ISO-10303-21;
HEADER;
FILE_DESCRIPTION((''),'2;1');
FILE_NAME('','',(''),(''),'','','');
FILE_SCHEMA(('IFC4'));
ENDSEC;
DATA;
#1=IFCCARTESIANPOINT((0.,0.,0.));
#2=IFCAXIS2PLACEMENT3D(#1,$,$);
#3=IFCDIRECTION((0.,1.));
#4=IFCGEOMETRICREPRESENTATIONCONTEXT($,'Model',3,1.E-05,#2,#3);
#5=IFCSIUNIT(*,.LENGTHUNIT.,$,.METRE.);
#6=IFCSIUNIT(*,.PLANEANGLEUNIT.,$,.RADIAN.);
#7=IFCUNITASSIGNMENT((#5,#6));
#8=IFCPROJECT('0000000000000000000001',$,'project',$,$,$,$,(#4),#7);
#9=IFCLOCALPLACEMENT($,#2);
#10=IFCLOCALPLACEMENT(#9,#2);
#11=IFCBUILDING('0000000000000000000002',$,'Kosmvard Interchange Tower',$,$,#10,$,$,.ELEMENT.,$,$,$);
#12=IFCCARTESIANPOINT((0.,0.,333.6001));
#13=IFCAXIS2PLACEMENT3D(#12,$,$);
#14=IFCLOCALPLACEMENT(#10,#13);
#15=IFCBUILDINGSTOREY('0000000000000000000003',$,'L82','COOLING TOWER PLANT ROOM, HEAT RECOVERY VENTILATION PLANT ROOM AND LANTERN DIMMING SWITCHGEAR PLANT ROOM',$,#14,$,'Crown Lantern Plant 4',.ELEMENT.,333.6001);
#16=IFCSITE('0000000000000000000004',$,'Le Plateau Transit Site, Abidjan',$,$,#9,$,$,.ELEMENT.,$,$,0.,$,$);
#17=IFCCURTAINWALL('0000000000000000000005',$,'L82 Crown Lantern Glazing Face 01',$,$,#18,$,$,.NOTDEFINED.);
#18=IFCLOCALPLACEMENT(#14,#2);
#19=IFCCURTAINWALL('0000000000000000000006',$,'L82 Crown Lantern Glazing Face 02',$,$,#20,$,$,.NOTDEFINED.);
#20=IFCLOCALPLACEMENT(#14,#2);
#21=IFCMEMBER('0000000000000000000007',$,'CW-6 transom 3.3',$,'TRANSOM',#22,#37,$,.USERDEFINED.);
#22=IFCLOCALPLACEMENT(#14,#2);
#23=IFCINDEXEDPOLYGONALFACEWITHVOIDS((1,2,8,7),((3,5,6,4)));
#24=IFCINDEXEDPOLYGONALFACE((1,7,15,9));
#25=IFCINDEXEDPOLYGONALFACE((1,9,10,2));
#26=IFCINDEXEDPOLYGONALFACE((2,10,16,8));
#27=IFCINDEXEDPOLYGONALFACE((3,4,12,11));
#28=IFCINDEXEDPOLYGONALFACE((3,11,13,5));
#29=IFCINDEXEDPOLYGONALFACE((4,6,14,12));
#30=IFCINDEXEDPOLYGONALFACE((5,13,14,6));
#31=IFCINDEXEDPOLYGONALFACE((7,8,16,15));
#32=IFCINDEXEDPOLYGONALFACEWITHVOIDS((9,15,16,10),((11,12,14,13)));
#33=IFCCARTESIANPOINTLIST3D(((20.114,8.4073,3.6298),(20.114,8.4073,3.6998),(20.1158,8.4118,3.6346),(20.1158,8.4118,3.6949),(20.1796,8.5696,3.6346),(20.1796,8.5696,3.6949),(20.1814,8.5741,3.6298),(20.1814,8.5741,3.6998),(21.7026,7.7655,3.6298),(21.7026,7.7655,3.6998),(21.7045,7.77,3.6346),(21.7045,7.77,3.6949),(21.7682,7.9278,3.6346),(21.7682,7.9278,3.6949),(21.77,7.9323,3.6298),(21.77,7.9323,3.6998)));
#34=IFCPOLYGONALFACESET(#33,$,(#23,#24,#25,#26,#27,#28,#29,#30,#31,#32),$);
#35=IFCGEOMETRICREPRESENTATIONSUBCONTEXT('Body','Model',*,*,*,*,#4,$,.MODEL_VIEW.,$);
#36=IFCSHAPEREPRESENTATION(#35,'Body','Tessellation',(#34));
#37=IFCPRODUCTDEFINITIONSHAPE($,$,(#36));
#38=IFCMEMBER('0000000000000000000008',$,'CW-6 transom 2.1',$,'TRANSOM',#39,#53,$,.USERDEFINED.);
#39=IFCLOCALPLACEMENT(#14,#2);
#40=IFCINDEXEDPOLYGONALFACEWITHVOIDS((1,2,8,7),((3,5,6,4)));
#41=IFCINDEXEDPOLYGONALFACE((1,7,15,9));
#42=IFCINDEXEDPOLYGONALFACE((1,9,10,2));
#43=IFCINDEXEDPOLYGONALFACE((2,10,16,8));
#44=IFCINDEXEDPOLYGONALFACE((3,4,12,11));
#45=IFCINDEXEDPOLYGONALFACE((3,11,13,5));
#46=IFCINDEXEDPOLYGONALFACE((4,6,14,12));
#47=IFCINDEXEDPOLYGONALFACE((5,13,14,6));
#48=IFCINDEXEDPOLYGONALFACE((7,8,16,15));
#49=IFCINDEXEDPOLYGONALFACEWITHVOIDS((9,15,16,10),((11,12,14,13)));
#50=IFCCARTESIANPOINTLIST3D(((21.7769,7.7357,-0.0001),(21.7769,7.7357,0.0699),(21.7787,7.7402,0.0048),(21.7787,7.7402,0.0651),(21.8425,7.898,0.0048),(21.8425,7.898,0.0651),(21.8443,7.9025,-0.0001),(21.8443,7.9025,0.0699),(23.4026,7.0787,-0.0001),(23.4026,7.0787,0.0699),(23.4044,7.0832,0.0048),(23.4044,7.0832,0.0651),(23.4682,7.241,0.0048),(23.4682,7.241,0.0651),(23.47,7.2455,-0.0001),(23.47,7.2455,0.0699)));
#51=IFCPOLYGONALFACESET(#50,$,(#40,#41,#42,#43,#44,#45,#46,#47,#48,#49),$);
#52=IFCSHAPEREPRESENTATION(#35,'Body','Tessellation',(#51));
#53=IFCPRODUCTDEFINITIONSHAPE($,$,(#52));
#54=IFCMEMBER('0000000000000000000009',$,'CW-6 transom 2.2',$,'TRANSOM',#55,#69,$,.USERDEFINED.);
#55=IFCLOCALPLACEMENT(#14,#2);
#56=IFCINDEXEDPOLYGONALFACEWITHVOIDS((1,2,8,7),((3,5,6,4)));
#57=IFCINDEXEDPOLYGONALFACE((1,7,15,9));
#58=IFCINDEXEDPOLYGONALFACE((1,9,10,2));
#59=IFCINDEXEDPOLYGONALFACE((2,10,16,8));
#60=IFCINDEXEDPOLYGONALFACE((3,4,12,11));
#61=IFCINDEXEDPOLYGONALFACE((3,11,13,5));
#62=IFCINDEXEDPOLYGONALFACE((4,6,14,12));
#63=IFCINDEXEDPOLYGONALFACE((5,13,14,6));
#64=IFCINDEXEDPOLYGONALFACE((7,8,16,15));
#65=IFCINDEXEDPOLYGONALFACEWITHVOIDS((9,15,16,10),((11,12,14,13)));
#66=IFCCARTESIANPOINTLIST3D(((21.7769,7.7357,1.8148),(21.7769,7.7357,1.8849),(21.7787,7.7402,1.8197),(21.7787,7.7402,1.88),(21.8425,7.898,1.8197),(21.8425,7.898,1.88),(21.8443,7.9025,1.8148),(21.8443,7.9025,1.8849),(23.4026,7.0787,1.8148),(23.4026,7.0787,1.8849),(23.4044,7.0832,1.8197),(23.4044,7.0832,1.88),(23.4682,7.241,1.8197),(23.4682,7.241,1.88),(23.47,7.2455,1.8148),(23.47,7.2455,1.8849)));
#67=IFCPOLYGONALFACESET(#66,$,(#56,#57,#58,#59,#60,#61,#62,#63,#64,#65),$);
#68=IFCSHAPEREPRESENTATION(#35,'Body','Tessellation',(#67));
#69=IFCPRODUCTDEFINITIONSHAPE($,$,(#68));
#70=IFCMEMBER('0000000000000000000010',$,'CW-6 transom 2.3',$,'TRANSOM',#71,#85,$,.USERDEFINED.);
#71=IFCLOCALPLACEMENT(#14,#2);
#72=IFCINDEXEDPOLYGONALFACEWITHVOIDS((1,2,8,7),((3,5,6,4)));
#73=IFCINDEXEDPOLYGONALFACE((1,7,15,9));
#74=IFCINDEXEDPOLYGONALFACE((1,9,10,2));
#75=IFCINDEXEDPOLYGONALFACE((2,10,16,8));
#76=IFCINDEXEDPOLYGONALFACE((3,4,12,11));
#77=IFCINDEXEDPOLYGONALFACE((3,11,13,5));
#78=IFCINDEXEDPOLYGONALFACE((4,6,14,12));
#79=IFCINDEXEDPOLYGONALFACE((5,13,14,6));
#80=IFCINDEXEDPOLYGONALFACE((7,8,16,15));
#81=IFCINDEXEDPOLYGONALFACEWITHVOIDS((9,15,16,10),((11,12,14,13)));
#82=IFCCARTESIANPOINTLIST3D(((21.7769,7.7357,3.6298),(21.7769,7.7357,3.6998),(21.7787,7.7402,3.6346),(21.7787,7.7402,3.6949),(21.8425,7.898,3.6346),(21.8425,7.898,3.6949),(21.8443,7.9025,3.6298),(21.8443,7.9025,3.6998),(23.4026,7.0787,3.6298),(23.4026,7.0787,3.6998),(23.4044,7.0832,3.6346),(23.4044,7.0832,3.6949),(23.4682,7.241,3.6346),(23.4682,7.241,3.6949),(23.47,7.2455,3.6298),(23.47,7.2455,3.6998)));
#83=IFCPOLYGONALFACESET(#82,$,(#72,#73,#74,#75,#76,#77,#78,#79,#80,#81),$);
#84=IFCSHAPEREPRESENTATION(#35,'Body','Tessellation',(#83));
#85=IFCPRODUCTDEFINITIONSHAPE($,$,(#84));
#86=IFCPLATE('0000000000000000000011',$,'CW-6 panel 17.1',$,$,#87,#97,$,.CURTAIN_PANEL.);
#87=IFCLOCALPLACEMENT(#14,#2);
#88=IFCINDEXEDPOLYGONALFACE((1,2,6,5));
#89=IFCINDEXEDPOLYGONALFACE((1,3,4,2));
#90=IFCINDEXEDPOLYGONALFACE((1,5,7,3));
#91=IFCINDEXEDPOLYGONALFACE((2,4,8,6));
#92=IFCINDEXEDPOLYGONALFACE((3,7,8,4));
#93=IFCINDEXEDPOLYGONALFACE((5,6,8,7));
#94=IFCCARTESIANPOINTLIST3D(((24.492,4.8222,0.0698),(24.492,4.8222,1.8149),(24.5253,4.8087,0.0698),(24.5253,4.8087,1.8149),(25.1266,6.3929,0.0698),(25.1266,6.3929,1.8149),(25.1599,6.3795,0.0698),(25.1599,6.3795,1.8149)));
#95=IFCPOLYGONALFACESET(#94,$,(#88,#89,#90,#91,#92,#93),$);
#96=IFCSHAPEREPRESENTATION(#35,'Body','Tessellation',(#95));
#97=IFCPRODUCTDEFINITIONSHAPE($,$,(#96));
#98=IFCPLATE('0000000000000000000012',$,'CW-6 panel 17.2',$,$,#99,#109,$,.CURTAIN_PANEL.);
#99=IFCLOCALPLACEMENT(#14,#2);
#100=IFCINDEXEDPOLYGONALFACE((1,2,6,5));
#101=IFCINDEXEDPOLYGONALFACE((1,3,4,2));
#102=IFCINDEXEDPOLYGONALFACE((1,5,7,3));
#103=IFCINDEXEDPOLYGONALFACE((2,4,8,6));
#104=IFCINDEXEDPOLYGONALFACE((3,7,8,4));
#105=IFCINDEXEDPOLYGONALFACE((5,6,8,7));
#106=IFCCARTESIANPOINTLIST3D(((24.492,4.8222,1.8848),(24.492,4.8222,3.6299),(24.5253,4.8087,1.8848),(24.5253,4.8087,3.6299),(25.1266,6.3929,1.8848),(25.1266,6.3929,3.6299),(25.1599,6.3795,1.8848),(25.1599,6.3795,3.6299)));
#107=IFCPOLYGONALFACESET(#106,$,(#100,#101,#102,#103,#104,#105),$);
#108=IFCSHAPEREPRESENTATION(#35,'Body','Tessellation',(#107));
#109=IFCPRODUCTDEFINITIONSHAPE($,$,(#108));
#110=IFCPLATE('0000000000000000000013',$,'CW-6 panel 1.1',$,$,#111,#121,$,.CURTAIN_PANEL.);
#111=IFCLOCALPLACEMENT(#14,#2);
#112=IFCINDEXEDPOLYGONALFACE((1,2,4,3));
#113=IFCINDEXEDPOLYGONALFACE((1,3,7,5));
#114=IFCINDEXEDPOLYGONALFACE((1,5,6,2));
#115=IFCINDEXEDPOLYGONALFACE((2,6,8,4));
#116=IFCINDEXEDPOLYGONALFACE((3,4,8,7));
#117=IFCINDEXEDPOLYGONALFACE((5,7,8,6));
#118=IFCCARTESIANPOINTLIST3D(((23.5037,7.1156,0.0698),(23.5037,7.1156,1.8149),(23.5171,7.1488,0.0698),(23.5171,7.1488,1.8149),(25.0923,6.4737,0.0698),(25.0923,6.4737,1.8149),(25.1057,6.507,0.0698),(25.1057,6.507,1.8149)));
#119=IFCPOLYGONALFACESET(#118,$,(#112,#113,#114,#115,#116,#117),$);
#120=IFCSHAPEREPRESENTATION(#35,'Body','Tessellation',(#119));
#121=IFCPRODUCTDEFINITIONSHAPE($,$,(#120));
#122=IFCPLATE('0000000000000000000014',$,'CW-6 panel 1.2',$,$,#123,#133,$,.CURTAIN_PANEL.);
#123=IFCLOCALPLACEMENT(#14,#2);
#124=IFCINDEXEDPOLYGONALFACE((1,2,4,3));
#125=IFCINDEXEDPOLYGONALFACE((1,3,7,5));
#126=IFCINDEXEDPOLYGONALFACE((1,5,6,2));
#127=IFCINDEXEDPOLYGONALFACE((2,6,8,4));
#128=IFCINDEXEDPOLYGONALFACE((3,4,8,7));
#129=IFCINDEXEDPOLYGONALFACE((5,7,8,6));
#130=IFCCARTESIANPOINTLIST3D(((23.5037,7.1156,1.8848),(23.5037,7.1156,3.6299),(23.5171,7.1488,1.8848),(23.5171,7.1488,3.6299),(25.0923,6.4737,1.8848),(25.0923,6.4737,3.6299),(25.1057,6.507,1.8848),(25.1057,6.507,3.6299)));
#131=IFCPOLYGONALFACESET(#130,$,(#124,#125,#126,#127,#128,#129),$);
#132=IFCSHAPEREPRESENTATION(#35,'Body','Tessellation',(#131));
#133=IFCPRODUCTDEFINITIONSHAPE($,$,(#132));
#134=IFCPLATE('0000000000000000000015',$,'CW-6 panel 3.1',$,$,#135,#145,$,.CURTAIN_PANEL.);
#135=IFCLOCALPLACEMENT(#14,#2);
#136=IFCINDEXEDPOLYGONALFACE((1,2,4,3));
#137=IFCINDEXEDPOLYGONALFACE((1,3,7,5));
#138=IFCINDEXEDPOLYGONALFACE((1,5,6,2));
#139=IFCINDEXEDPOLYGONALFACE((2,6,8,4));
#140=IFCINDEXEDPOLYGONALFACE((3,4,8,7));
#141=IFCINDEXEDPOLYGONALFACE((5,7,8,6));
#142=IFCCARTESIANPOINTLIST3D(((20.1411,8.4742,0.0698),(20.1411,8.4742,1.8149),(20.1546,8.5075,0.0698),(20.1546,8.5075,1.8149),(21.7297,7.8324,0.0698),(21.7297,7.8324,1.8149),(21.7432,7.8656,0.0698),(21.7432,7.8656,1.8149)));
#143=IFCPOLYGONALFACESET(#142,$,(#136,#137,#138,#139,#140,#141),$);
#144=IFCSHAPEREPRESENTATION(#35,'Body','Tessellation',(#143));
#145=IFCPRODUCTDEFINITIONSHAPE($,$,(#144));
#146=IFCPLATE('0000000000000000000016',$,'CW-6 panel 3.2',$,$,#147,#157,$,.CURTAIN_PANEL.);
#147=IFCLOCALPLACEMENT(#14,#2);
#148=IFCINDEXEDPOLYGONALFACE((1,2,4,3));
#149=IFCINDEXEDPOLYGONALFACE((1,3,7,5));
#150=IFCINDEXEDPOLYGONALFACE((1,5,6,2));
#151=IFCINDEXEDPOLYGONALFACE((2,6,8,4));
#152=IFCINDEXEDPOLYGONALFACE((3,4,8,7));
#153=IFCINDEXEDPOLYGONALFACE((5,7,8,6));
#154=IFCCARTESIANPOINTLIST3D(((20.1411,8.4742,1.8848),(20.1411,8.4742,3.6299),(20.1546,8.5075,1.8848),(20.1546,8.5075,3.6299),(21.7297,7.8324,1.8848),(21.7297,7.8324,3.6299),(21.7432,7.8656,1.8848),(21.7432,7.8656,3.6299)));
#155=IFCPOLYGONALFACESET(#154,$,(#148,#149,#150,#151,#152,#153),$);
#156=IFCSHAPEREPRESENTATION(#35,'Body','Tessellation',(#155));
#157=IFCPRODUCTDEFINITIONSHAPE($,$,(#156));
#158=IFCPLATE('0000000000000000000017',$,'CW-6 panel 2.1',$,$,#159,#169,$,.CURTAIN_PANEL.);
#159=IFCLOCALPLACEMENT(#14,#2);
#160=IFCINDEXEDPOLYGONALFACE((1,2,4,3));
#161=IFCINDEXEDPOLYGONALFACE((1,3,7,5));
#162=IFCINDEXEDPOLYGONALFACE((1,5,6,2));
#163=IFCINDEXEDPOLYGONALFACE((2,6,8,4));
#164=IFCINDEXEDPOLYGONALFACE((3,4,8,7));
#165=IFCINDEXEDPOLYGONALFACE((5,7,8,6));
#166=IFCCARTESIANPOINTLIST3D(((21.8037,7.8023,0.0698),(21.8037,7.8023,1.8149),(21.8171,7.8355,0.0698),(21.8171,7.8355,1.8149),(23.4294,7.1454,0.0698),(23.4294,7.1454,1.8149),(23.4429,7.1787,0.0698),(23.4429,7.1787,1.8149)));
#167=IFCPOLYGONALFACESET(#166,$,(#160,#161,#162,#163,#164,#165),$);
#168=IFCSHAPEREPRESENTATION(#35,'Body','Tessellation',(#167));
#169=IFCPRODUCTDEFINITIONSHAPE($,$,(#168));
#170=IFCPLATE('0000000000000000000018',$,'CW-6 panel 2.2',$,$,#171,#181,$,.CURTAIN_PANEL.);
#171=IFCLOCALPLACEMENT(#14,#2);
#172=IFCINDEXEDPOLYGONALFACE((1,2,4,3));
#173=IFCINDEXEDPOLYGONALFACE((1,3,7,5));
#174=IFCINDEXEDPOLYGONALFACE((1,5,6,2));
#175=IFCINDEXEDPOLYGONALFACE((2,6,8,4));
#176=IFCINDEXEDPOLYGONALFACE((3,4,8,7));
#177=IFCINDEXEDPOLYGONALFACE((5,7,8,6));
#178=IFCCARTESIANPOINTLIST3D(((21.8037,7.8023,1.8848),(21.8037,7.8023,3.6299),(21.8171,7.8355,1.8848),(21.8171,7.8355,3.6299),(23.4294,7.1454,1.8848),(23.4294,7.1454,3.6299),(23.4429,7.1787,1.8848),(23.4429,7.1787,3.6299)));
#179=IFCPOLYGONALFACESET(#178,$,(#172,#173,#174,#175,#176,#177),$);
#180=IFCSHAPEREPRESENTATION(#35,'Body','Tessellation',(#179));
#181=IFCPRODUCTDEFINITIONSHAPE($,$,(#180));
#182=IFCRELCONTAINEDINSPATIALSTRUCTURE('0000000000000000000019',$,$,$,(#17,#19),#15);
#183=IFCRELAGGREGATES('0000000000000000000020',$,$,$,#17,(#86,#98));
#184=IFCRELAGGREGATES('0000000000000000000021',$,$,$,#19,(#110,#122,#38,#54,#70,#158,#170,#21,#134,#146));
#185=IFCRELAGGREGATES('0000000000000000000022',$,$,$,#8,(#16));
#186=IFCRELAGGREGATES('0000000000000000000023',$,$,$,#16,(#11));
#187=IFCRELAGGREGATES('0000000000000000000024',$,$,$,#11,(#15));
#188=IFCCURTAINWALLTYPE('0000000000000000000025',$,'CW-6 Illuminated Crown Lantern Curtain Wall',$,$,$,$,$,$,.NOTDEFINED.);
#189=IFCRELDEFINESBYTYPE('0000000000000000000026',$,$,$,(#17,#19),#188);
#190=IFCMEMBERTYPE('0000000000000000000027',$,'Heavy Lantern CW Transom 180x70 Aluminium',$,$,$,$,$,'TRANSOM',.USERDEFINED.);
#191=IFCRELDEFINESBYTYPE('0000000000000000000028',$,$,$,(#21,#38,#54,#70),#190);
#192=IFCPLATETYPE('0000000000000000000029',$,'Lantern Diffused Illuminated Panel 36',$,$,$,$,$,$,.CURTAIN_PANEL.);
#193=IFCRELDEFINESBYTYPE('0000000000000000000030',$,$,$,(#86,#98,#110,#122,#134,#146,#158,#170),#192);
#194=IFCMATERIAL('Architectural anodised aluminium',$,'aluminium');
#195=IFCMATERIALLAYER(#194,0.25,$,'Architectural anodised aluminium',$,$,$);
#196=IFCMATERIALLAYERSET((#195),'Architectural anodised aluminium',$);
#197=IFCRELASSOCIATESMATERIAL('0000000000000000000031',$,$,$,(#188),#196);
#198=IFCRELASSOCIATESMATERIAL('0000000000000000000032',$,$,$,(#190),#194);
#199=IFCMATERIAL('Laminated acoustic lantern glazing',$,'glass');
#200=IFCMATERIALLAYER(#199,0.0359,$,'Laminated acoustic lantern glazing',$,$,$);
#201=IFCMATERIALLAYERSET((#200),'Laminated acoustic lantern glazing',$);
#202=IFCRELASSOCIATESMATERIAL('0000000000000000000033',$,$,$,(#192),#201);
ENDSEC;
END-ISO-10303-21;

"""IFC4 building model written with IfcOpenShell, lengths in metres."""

from ifc_helpers import new_model, si_unit, direction, frame, origin, origin_2d, place, context, subcontext, project, spatial, rectangle, hollow_rectangle, extrude, source, transform, mapped, material, layer, layer_set, material_profile, profile_set, type_object, element, aggregate, save


model = new_model("IFC4")

# Units and contexts
model_context = context("Model", 3, precision=1e-05, world=origin(), true_north=direction((0.0, 1.0)))
body_context = subcontext(model_context, "Body", "Model", "MODEL_VIEW")
ifc_project = project(units=[si_unit("LENGTHUNIT", "METRE"), si_unit("PLANEANGLEUNIT", "RADIAN")], contexts=[model_context])

# Site, building, storey
site_placement = place(None, origin())
site = spatial("IfcSite", under=ifc_project, at=site_placement, Name="Le Plateau Transit Site, Abidjan", CompositionType="ELEMENT", RefElevation=0.0)
building_placement = place(site_placement, origin())
building = spatial("IfcBuilding", under=site, at=building_placement, Name="Kosmvard Interchange Tower", CompositionType="ELEMENT")
storey_placement = place(building_placement, frame((0.0, 0.0, 333.6001)))
storey = spatial("IfcBuildingStorey", under=building, at=storey_placement, Name="L82", Description="COOLING TOWER PLANT ROOM, HEAT RECOVERY VENTILATION PLANT ROOM AND LANTERN DIMMING SWITCHGEAR PLANT ROOM", LongName="Crown Lantern Plant 4", CompositionType="ELEMENT", Elevation=333.6001)

# Curtain wall
ifc_material_1 = material(Name="Architectural anodised aluminium", Category="aluminium")
ifc_layer_1 = layer(ifc_material_1, 0.25, Name="Architectural anodised aluminium")
ifc_layer_set_1 = layer_set([ifc_layer_1], Name="Architectural anodised aluminium")
curtain_wall_type = type_object("IfcCurtainWallType", Name="CW-6 Illuminated Crown Lantern Curtain Wall", PredefinedType="NOTDEFINED", material=ifc_layer_set_1)
curtain_wall_1_placement = place(storey_placement, origin())
curtain_wall_1 = element("IfcCurtainWall", 1, at=curtain_wall_1_placement, inside=storey, type_object=curtain_wall_type, Name="L82 Crown Lantern Glazing Face 01", PredefinedType="NOTDEFINED")

# Curtain wall
curtain_wall_2_placement = place(storey_placement, origin())
curtain_wall_2 = element("IfcCurtainWall", 2, at=curtain_wall_2_placement, inside=storey, type_object=curtain_wall_type, Name="L82 Crown Lantern Glazing Face 02", PredefinedType="NOTDEFINED")

# Members
ifc_material_profile_1 = material_profile(ifc_material_1, hollow_rectangle(XDim=0.1799, YDim=0.0701, WallThickness=0.0049, at=origin_2d()), Name="CWT 180x70x5")
ifc_profile_set_1 = profile_set([ifc_material_profile_1], Name="Architectural anodised aluminium")
member_type_1 = type_object("IfcMemberType", Name="Heavy Lantern CW Transom 180x70 Aluminium", ElementType="TRANSOM", PredefinedType="USERDEFINED", material=ifc_profile_set_1)
shared_shape_1 = source(origin(), body_context, "Body", "SweptSolid", [
    extrude(hollow_rectangle(XDim=0.1799, YDim=0.0701, WallThickness=0.0049, at=origin_2d()), origin(), (0.0, 0.0, 1.0), 1.7134),
])
member_1_placement = place(storey_placement, frame((21.7363, 7.8489, 3.6648), z_axis=(-0.927184, 0.374607, 0.0), x_axis=(-0.374607, -0.927184, 0.0)))
member_1 = element("IfcMember", 3, at=member_1_placement, type_object=member_type_1, Name="CW-6 transom 3.3", ObjectType="TRANSOM", PredefinedType="USERDEFINED", context=body_context, shape_type="MappedRepresentation", body=[
    mapped(shared_shape_1, transform((0.0, 0.0, 0.0), scale=1.0)),
])
shared_shape_2 = source(origin(), body_context, "Body", "SweptSolid", [
    extrude(hollow_rectangle(XDim=0.1799, YDim=0.0701, WallThickness=0.0049, at=origin_2d()), origin(), (0.0, 0.0, 1.0), 1.7534),
])
member_2_placement = place(storey_placement, frame((23.4363, 7.1621, 0.0349), z_axis=(-0.927155, 0.374677, 0.0), x_axis=(-0.374677, -0.927155, 0.0)))
member_2 = element("IfcMember", 4, at=member_2_placement, type_object=member_type_1, Name="CW-6 transom 2.1", ObjectType="TRANSOM", PredefinedType="USERDEFINED", context=body_context, shape_type="MappedRepresentation", body=[
    mapped(shared_shape_2, transform((0.0, 0.0, 0.0), scale=1.0)),
])
member_3_placement = place(storey_placement, frame((23.4363, 7.1621, 1.8499), z_axis=(-0.927155, 0.374677, 0.0), x_axis=(-0.374677, -0.927155, 0.0)))
member_3 = element("IfcMember", 5, at=member_3_placement, type_object=member_type_1, Name="CW-6 transom 2.2", ObjectType="TRANSOM", PredefinedType="USERDEFINED", context=body_context, shape_type="MappedRepresentation", body=[
    mapped(shared_shape_2, transform((0.0, 0.0, 0.0), scale=1.0)),
])
member_4_placement = place(storey_placement, frame((23.4363, 7.1621, 3.6648), z_axis=(-0.927155, 0.374677, 0.0), x_axis=(-0.374677, -0.927155, 0.0)))
member_4 = element("IfcMember", 6, at=member_4_placement, type_object=member_type_1, Name="CW-6 transom 2.3", ObjectType="TRANSOM", PredefinedType="USERDEFINED", context=body_context, shape_type="MappedRepresentation", body=[
    mapped(shared_shape_2, transform((0.0, 0.0, 0.0), scale=1.0)),
])

# Plates
ifc_material_2 = material(Name="Laminated acoustic lantern glazing", Category="glass")
ifc_layer_2 = layer(ifc_material_2, 0.0359, Name="Laminated acoustic lantern glazing")
ifc_layer_set_2 = layer_set([ifc_layer_2], Name="Laminated acoustic lantern glazing")
plate_type = type_object("IfcPlateType", Name="Lantern Diffused Illuminated Panel 36", PredefinedType="CURTAIN_PANEL", material=ifc_layer_set_2)
shared_shape_3 = source(origin(), body_context, "Body", "SweptSolid", [
    extrude(rectangle(XDim=1.6941, YDim=0.0359, at=origin_2d()), origin(), (0.0, 0.0, 1.0), 1.7451),
])
plate_1_placement = place(storey_placement, frame((24.8259, 5.6008, 0.0698), z_axis=(0.0, 0.0, 1.0), x_axis=(0.374607, 0.927184, 0.0)))
plate_1 = element("IfcPlate", 7, at=plate_1_placement, type_object=plate_type, Name="CW-6 panel 17.1", PredefinedType="CURTAIN_PANEL", context=body_context, shape_type="MappedRepresentation", body=[
    mapped(shared_shape_3, transform((0.0, 0.0, 0.0), scale=1.0)),
])
plate_2_placement = place(storey_placement, frame((24.8259, 5.6008, 1.8848), z_axis=(0.0, 0.0, 1.0), x_axis=(0.374607, 0.927184, 0.0)))
plate_2 = element("IfcPlate", 8, at=plate_2_placement, type_object=plate_type, Name="CW-6 panel 17.2", PredefinedType="CURTAIN_PANEL", context=body_context, shape_type="MappedRepresentation", body=[
    mapped(shared_shape_3, transform((0.0, 0.0, 0.0), scale=1.0)),
])
aggregate(curtain_wall_1, [plate_1, plate_2])
shared_shape_4 = source(origin(), body_context, "Body", "SweptSolid", [
    extrude(rectangle(XDim=1.7134, YDim=0.0359, at=origin_2d()), origin(), (0.0, 0.0, 1.0), 1.7451),
])
plate_3_placement = place(storey_placement, frame((24.3047, 6.8113, 0.0698), z_axis=(0.0, 0.0, 1.0), x_axis=(-0.927184, 0.374607, 0.0)))
plate_3 = element("IfcPlate", 9, at=plate_3_placement, type_object=plate_type, Name="CW-6 panel 1.1", PredefinedType="CURTAIN_PANEL", context=body_context, shape_type="MappedRepresentation", body=[
    mapped(shared_shape_4, transform((0.0, 0.0, 0.0), scale=1.0)),
])
plate_4_placement = place(storey_placement, frame((24.3047, 6.8113, 1.8848), z_axis=(0.0, 0.0, 1.0), x_axis=(-0.927184, 0.374607, 0.0)))
plate_4 = element("IfcPlate", 10, at=plate_4_placement, type_object=plate_type, Name="CW-6 panel 1.2", PredefinedType="CURTAIN_PANEL", context=body_context, shape_type="MappedRepresentation", body=[
    mapped(shared_shape_4, transform((0.0, 0.0, 0.0), scale=1.0)),
])
plate_5_placement = place(storey_placement, frame((20.9421, 8.1699, 0.0698), z_axis=(0.0, 0.0, 1.0), x_axis=(-0.927184, 0.374607, 0.0)))
plate_5 = element("IfcPlate", 11, at=plate_5_placement, type_object=plate_type, Name="CW-6 panel 3.1", PredefinedType="CURTAIN_PANEL", context=body_context, shape_type="MappedRepresentation", body=[
    mapped(shared_shape_4, transform((0.0, 0.0, 0.0), scale=1.0)),
])
plate_6_placement = place(storey_placement, frame((20.9421, 8.1699, 1.8848), z_axis=(0.0, 0.0, 1.0), x_axis=(-0.927184, 0.374607, 0.0)))
plate_6 = element("IfcPlate", 12, at=plate_6_placement, type_object=plate_type, Name="CW-6 panel 3.2", PredefinedType="CURTAIN_PANEL", context=body_context, shape_type="MappedRepresentation", body=[
    mapped(shared_shape_4, transform((0.0, 0.0, 0.0), scale=1.0)),
])
shared_shape_5 = source(origin(), body_context, "Body", "SweptSolid", [
    extrude(rectangle(XDim=1.7534, YDim=0.0359, at=origin_2d()), origin(), (0.0, 0.0, 1.0), 1.7451),
])
plate_7_placement = place(storey_placement, frame((22.6233, 7.4905, 0.0698), z_axis=(0.0, 0.0, 1.0), x_axis=(-0.927184, 0.374607, 0.0)))
plate_7 = element("IfcPlate", 13, at=plate_7_placement, type_object=plate_type, Name="CW-6 panel 2.1", PredefinedType="CURTAIN_PANEL", context=body_context, shape_type="MappedRepresentation", body=[
    mapped(shared_shape_5, transform((0.0, 0.0, 0.0), scale=1.0)),
])
plate_8_placement = place(storey_placement, frame((22.6233, 7.4905, 1.8848), z_axis=(0.0, 0.0, 1.0), x_axis=(-0.927184, 0.374607, 0.0)))
plate_8 = element("IfcPlate", 14, at=plate_8_placement, type_object=plate_type, Name="CW-6 panel 2.2", PredefinedType="CURTAIN_PANEL", context=body_context, shape_type="MappedRepresentation", body=[
    mapped(shared_shape_5, transform((0.0, 0.0, 0.0), scale=1.0)),
])
aggregate(curtain_wall_2, [plate_3, plate_4, member_2, member_3, member_4, plate_7, plate_8, member_1, plate_5, plate_6])

save(model, "model.ifc")
